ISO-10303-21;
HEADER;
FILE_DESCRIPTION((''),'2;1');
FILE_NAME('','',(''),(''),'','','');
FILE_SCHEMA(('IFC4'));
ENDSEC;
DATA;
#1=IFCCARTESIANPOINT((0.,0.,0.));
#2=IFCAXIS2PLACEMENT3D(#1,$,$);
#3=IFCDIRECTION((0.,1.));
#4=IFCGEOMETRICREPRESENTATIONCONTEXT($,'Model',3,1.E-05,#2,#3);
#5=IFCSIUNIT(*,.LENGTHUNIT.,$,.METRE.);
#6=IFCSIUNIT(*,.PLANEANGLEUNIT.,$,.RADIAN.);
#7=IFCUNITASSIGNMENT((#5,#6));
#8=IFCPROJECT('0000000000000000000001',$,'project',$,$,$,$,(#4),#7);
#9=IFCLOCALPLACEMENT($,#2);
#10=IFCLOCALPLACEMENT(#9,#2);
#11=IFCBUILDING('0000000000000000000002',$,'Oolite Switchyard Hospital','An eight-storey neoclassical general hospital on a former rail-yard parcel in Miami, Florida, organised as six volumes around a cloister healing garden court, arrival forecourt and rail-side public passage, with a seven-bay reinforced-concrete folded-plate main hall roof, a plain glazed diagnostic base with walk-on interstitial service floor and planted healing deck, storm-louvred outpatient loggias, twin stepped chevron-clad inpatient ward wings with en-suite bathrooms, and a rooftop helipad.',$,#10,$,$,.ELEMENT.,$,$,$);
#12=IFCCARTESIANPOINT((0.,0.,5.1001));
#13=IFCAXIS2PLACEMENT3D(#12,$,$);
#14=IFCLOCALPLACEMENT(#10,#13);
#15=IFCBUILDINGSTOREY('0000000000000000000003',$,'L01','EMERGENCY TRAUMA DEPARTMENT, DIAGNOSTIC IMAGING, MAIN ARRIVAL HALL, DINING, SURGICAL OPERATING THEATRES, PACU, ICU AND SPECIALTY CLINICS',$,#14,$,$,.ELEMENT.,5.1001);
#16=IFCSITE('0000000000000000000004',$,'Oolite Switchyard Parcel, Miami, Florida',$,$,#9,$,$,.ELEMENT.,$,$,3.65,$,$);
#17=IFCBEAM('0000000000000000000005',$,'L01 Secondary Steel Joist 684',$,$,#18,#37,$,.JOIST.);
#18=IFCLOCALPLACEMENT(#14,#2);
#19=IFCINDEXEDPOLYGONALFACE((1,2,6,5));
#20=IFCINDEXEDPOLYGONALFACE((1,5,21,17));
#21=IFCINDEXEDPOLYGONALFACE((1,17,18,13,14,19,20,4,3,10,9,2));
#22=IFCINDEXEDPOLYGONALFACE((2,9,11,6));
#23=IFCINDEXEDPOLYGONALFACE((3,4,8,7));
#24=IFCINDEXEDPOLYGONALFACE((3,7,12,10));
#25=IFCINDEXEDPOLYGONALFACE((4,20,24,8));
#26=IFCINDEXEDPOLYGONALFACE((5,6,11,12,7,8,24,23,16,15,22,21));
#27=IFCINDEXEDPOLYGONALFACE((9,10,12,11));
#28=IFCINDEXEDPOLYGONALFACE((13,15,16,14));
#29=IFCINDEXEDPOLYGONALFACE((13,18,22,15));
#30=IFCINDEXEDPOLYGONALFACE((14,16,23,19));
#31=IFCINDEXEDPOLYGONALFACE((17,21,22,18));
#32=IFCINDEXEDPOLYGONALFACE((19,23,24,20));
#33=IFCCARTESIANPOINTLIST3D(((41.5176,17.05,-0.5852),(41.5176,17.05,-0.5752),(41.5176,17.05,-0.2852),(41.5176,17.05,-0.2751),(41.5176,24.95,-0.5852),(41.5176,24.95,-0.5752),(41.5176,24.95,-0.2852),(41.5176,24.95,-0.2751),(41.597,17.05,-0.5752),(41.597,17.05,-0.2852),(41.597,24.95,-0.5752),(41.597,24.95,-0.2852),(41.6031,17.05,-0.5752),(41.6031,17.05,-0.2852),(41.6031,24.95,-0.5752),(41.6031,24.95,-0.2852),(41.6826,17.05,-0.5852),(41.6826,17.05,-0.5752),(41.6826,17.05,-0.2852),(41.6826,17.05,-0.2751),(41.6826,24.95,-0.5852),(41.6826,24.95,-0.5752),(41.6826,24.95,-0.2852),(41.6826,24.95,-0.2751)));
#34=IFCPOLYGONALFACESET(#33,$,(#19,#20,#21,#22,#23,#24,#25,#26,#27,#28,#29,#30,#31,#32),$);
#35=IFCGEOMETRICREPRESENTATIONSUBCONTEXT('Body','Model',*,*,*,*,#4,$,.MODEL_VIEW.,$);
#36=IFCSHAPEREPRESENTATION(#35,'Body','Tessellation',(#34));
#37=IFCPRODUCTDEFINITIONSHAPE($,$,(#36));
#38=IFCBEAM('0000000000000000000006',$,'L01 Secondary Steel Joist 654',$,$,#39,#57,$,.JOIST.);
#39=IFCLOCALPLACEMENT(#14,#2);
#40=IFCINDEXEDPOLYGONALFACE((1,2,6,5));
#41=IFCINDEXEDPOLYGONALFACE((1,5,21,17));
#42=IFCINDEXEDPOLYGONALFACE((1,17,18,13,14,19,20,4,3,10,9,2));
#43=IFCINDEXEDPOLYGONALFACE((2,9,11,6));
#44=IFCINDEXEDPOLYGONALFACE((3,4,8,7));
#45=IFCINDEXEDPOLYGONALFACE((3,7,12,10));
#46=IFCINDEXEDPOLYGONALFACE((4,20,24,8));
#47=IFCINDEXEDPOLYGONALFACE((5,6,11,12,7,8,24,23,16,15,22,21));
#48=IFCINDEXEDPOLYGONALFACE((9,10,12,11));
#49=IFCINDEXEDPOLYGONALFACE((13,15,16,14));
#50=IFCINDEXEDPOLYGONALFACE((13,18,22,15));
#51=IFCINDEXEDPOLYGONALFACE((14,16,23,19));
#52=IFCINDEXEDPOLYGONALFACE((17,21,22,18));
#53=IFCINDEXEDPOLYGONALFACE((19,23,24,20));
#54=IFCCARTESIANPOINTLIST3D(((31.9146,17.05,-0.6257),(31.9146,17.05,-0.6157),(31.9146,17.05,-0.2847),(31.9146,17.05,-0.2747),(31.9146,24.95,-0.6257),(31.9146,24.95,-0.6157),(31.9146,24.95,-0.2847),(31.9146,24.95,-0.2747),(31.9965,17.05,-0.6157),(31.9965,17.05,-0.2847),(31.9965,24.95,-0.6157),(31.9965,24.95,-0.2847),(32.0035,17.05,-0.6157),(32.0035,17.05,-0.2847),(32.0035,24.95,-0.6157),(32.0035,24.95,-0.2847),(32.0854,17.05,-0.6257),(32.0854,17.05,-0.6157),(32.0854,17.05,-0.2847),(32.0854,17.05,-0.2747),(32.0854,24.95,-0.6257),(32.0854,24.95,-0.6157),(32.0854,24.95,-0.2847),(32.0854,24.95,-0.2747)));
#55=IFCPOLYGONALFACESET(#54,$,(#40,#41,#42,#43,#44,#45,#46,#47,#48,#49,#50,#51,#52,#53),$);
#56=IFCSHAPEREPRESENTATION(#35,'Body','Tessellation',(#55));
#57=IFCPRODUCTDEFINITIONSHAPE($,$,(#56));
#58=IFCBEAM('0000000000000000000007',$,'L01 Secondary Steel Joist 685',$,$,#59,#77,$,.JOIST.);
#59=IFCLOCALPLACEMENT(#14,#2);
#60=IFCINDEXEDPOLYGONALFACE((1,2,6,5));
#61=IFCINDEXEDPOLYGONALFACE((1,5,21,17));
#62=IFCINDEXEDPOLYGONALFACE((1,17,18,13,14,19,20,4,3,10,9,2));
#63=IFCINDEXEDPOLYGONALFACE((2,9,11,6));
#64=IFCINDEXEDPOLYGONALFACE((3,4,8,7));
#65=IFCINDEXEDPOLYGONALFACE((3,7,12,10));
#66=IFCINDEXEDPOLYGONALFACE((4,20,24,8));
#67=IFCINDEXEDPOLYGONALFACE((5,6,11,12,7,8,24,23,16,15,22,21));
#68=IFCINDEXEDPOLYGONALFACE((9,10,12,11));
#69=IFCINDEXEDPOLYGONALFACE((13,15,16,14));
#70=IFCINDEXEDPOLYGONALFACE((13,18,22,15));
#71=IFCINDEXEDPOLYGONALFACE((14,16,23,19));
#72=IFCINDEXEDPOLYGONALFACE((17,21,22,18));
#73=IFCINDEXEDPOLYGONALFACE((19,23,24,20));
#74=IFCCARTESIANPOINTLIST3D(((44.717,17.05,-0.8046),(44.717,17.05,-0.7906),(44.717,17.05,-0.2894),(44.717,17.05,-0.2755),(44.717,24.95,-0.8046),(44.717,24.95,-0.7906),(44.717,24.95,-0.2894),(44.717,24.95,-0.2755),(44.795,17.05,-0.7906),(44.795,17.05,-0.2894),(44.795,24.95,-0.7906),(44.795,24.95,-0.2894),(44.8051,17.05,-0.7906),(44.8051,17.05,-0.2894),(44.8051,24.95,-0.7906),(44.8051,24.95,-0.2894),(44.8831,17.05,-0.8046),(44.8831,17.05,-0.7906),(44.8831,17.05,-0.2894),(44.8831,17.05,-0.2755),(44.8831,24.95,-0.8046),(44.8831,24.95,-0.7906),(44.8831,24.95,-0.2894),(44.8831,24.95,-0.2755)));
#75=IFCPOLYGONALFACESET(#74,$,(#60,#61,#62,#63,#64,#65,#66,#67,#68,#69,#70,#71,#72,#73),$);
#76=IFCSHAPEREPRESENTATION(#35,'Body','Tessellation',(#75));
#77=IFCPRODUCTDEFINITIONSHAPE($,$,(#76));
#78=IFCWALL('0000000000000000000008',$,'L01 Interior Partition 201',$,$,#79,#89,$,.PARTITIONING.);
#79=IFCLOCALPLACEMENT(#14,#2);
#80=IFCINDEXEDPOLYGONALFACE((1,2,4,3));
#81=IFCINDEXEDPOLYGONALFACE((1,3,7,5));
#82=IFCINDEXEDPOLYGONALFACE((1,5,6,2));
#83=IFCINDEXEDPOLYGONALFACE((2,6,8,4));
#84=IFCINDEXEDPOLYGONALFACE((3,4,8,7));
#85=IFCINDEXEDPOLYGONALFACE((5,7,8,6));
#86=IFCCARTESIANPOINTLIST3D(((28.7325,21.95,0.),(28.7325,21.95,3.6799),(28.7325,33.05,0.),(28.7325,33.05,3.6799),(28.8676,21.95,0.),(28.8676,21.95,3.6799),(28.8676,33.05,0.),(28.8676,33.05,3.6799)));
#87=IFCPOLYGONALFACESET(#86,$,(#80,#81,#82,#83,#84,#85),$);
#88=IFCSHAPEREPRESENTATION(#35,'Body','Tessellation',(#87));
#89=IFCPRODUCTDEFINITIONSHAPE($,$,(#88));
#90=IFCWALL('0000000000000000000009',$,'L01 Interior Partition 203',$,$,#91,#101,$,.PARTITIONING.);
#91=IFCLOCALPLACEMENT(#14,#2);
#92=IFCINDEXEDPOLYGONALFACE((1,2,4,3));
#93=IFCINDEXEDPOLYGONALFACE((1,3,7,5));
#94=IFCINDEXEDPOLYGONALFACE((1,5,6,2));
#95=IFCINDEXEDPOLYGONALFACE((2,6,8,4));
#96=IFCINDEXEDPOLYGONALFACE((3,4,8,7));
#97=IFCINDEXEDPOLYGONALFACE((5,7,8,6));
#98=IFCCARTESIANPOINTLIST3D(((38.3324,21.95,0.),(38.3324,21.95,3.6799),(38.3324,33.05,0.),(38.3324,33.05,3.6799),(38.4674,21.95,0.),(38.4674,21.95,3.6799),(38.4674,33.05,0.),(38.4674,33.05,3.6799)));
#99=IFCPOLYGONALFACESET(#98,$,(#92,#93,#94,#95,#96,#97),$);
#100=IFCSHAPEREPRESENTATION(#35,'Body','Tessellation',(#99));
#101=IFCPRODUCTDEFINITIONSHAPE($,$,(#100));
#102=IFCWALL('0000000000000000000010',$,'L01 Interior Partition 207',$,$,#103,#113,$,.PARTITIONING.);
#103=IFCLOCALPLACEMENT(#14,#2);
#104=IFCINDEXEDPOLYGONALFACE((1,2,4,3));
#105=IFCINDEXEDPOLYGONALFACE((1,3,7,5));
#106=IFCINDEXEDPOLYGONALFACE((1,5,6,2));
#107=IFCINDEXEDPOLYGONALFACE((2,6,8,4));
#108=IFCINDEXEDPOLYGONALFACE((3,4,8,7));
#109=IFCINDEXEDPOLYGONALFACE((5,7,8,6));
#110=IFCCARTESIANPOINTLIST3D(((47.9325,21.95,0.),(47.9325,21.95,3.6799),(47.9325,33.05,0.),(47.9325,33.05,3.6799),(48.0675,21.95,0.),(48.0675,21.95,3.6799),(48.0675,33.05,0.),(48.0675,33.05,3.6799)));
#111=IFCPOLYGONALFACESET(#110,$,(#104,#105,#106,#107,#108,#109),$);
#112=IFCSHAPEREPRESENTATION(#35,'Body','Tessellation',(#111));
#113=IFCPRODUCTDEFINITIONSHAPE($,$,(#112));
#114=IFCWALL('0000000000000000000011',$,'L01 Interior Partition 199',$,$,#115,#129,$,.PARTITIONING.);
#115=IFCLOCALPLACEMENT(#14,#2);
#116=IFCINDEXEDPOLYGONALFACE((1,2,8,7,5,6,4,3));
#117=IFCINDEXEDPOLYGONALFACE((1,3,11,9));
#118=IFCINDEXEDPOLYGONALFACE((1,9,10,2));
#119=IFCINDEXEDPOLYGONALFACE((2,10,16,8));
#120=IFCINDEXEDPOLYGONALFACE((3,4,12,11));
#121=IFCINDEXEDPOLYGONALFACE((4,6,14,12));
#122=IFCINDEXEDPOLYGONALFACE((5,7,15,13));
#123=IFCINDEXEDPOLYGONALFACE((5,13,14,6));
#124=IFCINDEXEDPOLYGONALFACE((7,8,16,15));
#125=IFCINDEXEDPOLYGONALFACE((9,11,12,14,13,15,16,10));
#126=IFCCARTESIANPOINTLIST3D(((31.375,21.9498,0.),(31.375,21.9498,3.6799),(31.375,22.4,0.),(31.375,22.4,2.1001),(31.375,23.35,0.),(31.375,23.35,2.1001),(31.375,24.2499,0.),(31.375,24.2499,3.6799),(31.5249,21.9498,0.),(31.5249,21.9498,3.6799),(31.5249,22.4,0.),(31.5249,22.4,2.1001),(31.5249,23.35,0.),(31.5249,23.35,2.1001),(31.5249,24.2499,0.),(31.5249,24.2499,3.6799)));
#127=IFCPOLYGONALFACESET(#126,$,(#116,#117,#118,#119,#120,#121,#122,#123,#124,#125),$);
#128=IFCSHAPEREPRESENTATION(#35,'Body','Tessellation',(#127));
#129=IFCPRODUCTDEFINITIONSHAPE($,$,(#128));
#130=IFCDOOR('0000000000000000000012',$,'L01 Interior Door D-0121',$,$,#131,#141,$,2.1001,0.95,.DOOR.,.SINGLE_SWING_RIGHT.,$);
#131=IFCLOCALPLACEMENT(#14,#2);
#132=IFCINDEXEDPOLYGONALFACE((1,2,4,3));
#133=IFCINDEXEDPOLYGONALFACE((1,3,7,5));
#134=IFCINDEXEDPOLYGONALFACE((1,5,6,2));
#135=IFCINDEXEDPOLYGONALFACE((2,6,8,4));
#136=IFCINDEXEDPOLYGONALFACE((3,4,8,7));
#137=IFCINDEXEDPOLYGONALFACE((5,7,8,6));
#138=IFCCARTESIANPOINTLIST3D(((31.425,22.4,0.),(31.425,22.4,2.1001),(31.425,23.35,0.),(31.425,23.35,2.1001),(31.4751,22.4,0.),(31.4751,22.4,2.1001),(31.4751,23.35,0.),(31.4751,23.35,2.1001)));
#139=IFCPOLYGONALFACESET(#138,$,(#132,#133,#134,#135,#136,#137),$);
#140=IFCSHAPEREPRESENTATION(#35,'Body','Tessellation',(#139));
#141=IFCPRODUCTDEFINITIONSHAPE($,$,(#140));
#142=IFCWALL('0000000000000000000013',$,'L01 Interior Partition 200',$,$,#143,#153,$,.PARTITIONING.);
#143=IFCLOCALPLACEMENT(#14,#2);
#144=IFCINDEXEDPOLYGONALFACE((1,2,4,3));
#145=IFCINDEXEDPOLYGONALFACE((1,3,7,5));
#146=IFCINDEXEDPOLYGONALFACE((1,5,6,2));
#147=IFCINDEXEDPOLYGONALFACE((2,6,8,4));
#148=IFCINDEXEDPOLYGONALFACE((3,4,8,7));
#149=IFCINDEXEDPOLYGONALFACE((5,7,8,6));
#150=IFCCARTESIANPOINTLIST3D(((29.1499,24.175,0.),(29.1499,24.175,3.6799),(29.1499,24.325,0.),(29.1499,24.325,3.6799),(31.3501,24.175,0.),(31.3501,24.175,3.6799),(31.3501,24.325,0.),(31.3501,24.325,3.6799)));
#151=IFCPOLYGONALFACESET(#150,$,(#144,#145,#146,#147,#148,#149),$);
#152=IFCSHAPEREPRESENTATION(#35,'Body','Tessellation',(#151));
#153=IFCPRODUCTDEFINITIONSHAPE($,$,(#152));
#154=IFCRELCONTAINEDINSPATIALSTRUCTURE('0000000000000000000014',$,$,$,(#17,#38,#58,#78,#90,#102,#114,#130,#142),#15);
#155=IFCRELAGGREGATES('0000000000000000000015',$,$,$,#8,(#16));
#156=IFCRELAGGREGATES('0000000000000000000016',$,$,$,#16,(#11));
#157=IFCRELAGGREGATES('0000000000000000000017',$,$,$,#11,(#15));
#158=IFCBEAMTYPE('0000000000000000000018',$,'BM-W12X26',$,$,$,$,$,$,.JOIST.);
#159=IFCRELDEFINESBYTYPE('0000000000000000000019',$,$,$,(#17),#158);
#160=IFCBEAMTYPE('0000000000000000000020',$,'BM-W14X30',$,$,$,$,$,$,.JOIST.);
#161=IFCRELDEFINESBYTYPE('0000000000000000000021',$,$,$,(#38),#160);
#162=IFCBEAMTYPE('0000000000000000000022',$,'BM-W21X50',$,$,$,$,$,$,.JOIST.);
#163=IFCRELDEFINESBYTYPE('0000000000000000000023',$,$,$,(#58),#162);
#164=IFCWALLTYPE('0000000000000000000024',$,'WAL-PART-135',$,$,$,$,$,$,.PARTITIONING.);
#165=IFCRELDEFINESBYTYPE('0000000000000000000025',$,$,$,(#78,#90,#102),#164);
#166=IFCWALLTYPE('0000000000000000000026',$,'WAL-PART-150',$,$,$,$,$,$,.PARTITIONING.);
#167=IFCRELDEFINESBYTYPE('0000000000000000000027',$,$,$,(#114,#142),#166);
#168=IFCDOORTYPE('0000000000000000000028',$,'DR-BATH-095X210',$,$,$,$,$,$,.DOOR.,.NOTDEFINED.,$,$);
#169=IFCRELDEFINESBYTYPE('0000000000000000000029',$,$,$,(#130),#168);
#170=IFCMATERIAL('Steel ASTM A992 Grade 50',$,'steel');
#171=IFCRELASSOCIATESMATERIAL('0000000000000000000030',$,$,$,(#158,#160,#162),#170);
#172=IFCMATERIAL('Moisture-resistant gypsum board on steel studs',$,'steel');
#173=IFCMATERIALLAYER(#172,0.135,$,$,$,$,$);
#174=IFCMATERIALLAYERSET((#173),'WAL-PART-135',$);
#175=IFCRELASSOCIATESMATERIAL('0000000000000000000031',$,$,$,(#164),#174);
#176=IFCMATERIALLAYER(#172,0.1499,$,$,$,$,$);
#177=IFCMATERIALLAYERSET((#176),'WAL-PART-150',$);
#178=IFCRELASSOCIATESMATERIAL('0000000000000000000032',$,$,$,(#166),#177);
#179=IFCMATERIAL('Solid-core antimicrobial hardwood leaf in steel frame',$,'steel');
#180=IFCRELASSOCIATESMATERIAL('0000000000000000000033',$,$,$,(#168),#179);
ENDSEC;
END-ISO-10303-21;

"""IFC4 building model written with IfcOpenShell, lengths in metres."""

from ifc_helpers import new_model, si_unit, direction, frame, frame_2d, origin, origin_2d, place, context, subcontext, project, spatial, rectangle, i_section, extrude, material, layer, layer_set, material_profile, profile_set, type_object, element, fill, save


model = new_model("IFC4")

# Units and contexts
model_context = context("Model", 3, precision=1e-05, world=origin(), true_north=direction((0.0, 1.0)))
body_context = subcontext(model_context, "Body", "Model", "MODEL_VIEW")
ifc_project = project(units=[si_unit("LENGTHUNIT", "METRE"), si_unit("PLANEANGLEUNIT", "RADIAN")], contexts=[model_context])

# Site, building, storey
site_placement = place(None, origin())
site = spatial("IfcSite", under=ifc_project, at=site_placement, Name="Oolite Switchyard Parcel, Miami, Florida", CompositionType="ELEMENT", RefElevation=3.65)
building_placement = place(site_placement, origin())
building = spatial("IfcBuilding", under=site, at=building_placement, Name="Oolite Switchyard Hospital", Description="An eight-storey neoclassical general hospital on a former rail-yard parcel in Miami, Florida, organised as six volumes around a cloister healing garden court, arrival forecourt and rail-side public passage, with a seven-bay reinforced-concrete folded-plate main hall roof, a plain glazed diagnostic base with walk-on interstitial service floor and planted healing deck, storm-louvred outpatient loggias, twin stepped chevron-clad inpatient ward wings with en-suite bathrooms, and a rooftop helipad.", CompositionType="ELEMENT")
storey_placement = place(building_placement, frame((0.0, 0.0, 5.1001)))
storey = spatial("IfcBuildingStorey", under=building, at=storey_placement, Name="L01", Description="EMERGENCY TRAUMA DEPARTMENT, DIAGNOSTIC IMAGING, MAIN ARRIVAL HALL, DINING, SURGICAL OPERATING THEATRES, PACU, ICU AND SPECIALTY CLINICS", CompositionType="ELEMENT", Elevation=5.1001)

# Beams
ifc_material_1 = material(Name="Steel ASTM A992 Grade 50", Category="steel")
ifc_material_profile_1 = material_profile(ifc_material_1, i_section(OverallWidth=0.165, OverallDepth=0.3101, WebThickness=0.0061, FlangeThickness=0.01, at=origin_2d()), Name="W12X26")
ifc_profile_set_1 = profile_set([ifc_material_profile_1], Name="Steel ASTM A992 Grade 50")
beam_type_1 = type_object("IfcBeamType", Name="BM-W12X26", PredefinedType="JOIST", material=ifc_profile_set_1)
for number, where, z_axis, x_axis, name in (
    (1, (41.6001, 17.05, -0.4302), (0.0, 1.0, 0.0), (-1.0, 0.0, 0.0), "L01 Secondary Steel Joist 684"),
):
    element("IfcBeam", number, at=place(storey_placement, frame(where, z_axis=z_axis, x_axis=x_axis)), inside=storey, type_object=beam_type_1, Name=name, PredefinedType="JOIST", context=body_context, shape_type="SweptSolid", body=[
        extrude(i_section(OverallWidth=0.165, OverallDepth=0.3101, WebThickness=0.0061, FlangeThickness=0.01, at=origin_2d()), origin(), (0.0, 0.0, 1.0), 7.8999),
    ])
ifc_material_profile_2 = material_profile(ifc_material_1, i_section(OverallWidth=0.1709, OverallDepth=0.3511, WebThickness=0.0071, FlangeThickness=0.01, at=origin_2d()), Name="W14X30")
ifc_profile_set_2 = profile_set([ifc_material_profile_2], Name="Steel ASTM A992 Grade 50")
beam_type_2 = type_object("IfcBeamType", Name="BM-W14X30", PredefinedType="JOIST", material=ifc_profile_set_2)
beam_1_placement = place(storey_placement, frame((32.0, 17.05, -0.4502), z_axis=(0.0, 1.0, 0.0), x_axis=(-1.0, 0.0, 0.0)))
element("IfcBeam", 2, at=beam_1_placement, inside=storey, type_object=beam_type_2, Name="L01 Secondary Steel Joist 654", PredefinedType="JOIST", context=body_context, shape_type="SweptSolid", body=[
    extrude(i_section(OverallWidth=0.1709, OverallDepth=0.3511, WebThickness=0.0071, FlangeThickness=0.01, at=origin_2d()), origin(), (0.0, 0.0, 1.0), 7.8999),
])
ifc_material_profile_3 = material_profile(ifc_material_1, i_section(OverallWidth=0.166, OverallDepth=0.5291, WebThickness=0.01, FlangeThickness=0.0139, at=origin_2d()), Name="W21X50")
ifc_profile_set_3 = profile_set([ifc_material_profile_3], Name="Steel ASTM A992 Grade 50")
beam_type_3 = type_object("IfcBeamType", Name="BM-W21X50", PredefinedType="JOIST", material=ifc_profile_set_3)
beam_2_placement = place(storey_placement, frame((44.8, 17.05, -0.54), z_axis=(0.0, 1.0, 0.0), x_axis=(-1.0, 0.0, 0.0)))
element("IfcBeam", 3, at=beam_2_placement, inside=storey, type_object=beam_type_3, Name="L01 Secondary Steel Joist 685", PredefinedType="JOIST", context=body_context, shape_type="SweptSolid", body=[
    extrude(i_section(OverallWidth=0.166, OverallDepth=0.5291, WebThickness=0.01, FlangeThickness=0.0139, at=origin_2d()), origin(), (0.0, 0.0, 1.0), 7.8999),
])

# Walls
ifc_material_2 = material(Name="Moisture-resistant gypsum board on steel studs", Category="steel")
ifc_layer_1 = layer(ifc_material_2, 0.135)
ifc_layer_set_1 = layer_set([ifc_layer_1], Name="WAL-PART-135")
wall_type_1 = type_object("IfcWallType", Name="WAL-PART-135", PredefinedType="PARTITIONING", material=ifc_layer_set_1)
for number, where, z_axis, x_axis, name in (
    (4, (28.8, 21.95, 0.0), (0.0, 0.0, 1.0), (0.0, 1.0, 0.0), "L01 Interior Partition 201"),
    (5, (38.3999, 21.95, 0.0), (0.0, 0.0, 1.0), (0.0, 1.0, 0.0), "L01 Interior Partition 203"),
    (6, (48.0, 21.95, 0.0), (0.0, 0.0, 1.0), (0.0, 1.0, 0.0), "L01 Interior Partition 207"),
):
    element("IfcWall", number, at=place(storey_placement, frame(where, z_axis=z_axis, x_axis=x_axis)), inside=storey, type_object=wall_type_1, Name=name, PredefinedType="PARTITIONING", context=body_context, shape_type="SweptSolid", body=[
        extrude(rectangle(XDim=11.1001, YDim=0.135, at=frame_2d((5.55, 0.0))), origin(), (0.0, 0.0, 1.0), 3.6799),
    ])

# Wall, opening, door
ifc_layer_2 = layer(ifc_material_2, 0.1499)
ifc_layer_set_2 = layer_set([ifc_layer_2], Name="WAL-PART-150")
wall_type_2 = type_object("IfcWallType", Name="WAL-PART-150", PredefinedType="PARTITIONING", material=ifc_layer_set_2)
wall_1_placement = place(storey_placement, frame((31.45, 21.95, 0.0), z_axis=(0.0, 0.0, 1.0), x_axis=(0.0, 1.0, 0.0)))
wall_1 = element("IfcWall", 7, at=wall_1_placement, inside=storey, type_object=wall_type_2, Name="L01 Interior Partition 199", PredefinedType="PARTITIONING", context=body_context, shape_type="SweptSolid", body=[
    extrude(rectangle(XDim=2.3, YDim=0.1499, at=frame_2d((1.1499, 0.0))), origin(), (0.0, 0.0, 1.0), 3.6799),
])
opening_1_placement = place(wall_1_placement, frame((0.45, 0.0, 0.0)))
opening_1 = element("IfcOpeningElement", 8, at=opening_1_placement, cuts=wall_1, PredefinedType="OPENING", context=body_context, shape_type="SweptSolid", body=[
    extrude(rectangle(XDim=0.95, YDim=2.1001, at=frame_2d((0.4751, 1.05))), frame((0.0, 0.085, 0.0), z_axis=(0.0, -1.0, 0.0), x_axis=(1.0, 0.0, 0.0)), (0.0, 0.0, 1.0), 0.1699),
])
ifc_material_3 = material(Name="Solid-core antimicrobial hardwood leaf in steel frame", Category="steel")
door_type_1 = type_object("IfcDoorType", Name="DR-BATH-095X210", OperationType="NOTDEFINED", PredefinedType="DOOR", material=ifc_material_3)
door_1_placement = place(opening_1_placement, origin())
door_1 = element("IfcDoor", 9, at=door_1_placement, inside=storey, type_object=door_type_1, Name="L01 Interior Door D-0121", OperationType="SINGLE_SWING_RIGHT", OverallHeight=2.1001, OverallWidth=0.95, PredefinedType="DOOR", context=body_context, shape_type="SweptSolid", body=[
    extrude(rectangle(XDim=0.95, YDim=2.1001, at=frame_2d((0.4751, 1.05))), frame((0.0, 0.0249, 0.0), z_axis=(0.0, -1.0, 0.0), x_axis=(1.0, 0.0, 0.0)), (0.0, 0.0, 1.0), 0.05),
])
fill(opening_1, door_1)

# Wall
wall_2_placement = place(storey_placement, frame((29.1499, 24.25, 0.0), z_axis=(0.0, 0.0, 1.0), x_axis=(1.0, 0.0, 0.0)))
element("IfcWall", 10, at=wall_2_placement, inside=storey, type_object=wall_type_2, Name="L01 Interior Partition 200", PredefinedType="PARTITIONING", context=body_context, shape_type="SweptSolid", body=[
    extrude(rectangle(XDim=2.2002, YDim=0.1499, at=frame_2d((1.1001, 0.0))), origin(), (0.0, 0.0, 1.0), 3.6799),
])

save(model, "model.ifc")
